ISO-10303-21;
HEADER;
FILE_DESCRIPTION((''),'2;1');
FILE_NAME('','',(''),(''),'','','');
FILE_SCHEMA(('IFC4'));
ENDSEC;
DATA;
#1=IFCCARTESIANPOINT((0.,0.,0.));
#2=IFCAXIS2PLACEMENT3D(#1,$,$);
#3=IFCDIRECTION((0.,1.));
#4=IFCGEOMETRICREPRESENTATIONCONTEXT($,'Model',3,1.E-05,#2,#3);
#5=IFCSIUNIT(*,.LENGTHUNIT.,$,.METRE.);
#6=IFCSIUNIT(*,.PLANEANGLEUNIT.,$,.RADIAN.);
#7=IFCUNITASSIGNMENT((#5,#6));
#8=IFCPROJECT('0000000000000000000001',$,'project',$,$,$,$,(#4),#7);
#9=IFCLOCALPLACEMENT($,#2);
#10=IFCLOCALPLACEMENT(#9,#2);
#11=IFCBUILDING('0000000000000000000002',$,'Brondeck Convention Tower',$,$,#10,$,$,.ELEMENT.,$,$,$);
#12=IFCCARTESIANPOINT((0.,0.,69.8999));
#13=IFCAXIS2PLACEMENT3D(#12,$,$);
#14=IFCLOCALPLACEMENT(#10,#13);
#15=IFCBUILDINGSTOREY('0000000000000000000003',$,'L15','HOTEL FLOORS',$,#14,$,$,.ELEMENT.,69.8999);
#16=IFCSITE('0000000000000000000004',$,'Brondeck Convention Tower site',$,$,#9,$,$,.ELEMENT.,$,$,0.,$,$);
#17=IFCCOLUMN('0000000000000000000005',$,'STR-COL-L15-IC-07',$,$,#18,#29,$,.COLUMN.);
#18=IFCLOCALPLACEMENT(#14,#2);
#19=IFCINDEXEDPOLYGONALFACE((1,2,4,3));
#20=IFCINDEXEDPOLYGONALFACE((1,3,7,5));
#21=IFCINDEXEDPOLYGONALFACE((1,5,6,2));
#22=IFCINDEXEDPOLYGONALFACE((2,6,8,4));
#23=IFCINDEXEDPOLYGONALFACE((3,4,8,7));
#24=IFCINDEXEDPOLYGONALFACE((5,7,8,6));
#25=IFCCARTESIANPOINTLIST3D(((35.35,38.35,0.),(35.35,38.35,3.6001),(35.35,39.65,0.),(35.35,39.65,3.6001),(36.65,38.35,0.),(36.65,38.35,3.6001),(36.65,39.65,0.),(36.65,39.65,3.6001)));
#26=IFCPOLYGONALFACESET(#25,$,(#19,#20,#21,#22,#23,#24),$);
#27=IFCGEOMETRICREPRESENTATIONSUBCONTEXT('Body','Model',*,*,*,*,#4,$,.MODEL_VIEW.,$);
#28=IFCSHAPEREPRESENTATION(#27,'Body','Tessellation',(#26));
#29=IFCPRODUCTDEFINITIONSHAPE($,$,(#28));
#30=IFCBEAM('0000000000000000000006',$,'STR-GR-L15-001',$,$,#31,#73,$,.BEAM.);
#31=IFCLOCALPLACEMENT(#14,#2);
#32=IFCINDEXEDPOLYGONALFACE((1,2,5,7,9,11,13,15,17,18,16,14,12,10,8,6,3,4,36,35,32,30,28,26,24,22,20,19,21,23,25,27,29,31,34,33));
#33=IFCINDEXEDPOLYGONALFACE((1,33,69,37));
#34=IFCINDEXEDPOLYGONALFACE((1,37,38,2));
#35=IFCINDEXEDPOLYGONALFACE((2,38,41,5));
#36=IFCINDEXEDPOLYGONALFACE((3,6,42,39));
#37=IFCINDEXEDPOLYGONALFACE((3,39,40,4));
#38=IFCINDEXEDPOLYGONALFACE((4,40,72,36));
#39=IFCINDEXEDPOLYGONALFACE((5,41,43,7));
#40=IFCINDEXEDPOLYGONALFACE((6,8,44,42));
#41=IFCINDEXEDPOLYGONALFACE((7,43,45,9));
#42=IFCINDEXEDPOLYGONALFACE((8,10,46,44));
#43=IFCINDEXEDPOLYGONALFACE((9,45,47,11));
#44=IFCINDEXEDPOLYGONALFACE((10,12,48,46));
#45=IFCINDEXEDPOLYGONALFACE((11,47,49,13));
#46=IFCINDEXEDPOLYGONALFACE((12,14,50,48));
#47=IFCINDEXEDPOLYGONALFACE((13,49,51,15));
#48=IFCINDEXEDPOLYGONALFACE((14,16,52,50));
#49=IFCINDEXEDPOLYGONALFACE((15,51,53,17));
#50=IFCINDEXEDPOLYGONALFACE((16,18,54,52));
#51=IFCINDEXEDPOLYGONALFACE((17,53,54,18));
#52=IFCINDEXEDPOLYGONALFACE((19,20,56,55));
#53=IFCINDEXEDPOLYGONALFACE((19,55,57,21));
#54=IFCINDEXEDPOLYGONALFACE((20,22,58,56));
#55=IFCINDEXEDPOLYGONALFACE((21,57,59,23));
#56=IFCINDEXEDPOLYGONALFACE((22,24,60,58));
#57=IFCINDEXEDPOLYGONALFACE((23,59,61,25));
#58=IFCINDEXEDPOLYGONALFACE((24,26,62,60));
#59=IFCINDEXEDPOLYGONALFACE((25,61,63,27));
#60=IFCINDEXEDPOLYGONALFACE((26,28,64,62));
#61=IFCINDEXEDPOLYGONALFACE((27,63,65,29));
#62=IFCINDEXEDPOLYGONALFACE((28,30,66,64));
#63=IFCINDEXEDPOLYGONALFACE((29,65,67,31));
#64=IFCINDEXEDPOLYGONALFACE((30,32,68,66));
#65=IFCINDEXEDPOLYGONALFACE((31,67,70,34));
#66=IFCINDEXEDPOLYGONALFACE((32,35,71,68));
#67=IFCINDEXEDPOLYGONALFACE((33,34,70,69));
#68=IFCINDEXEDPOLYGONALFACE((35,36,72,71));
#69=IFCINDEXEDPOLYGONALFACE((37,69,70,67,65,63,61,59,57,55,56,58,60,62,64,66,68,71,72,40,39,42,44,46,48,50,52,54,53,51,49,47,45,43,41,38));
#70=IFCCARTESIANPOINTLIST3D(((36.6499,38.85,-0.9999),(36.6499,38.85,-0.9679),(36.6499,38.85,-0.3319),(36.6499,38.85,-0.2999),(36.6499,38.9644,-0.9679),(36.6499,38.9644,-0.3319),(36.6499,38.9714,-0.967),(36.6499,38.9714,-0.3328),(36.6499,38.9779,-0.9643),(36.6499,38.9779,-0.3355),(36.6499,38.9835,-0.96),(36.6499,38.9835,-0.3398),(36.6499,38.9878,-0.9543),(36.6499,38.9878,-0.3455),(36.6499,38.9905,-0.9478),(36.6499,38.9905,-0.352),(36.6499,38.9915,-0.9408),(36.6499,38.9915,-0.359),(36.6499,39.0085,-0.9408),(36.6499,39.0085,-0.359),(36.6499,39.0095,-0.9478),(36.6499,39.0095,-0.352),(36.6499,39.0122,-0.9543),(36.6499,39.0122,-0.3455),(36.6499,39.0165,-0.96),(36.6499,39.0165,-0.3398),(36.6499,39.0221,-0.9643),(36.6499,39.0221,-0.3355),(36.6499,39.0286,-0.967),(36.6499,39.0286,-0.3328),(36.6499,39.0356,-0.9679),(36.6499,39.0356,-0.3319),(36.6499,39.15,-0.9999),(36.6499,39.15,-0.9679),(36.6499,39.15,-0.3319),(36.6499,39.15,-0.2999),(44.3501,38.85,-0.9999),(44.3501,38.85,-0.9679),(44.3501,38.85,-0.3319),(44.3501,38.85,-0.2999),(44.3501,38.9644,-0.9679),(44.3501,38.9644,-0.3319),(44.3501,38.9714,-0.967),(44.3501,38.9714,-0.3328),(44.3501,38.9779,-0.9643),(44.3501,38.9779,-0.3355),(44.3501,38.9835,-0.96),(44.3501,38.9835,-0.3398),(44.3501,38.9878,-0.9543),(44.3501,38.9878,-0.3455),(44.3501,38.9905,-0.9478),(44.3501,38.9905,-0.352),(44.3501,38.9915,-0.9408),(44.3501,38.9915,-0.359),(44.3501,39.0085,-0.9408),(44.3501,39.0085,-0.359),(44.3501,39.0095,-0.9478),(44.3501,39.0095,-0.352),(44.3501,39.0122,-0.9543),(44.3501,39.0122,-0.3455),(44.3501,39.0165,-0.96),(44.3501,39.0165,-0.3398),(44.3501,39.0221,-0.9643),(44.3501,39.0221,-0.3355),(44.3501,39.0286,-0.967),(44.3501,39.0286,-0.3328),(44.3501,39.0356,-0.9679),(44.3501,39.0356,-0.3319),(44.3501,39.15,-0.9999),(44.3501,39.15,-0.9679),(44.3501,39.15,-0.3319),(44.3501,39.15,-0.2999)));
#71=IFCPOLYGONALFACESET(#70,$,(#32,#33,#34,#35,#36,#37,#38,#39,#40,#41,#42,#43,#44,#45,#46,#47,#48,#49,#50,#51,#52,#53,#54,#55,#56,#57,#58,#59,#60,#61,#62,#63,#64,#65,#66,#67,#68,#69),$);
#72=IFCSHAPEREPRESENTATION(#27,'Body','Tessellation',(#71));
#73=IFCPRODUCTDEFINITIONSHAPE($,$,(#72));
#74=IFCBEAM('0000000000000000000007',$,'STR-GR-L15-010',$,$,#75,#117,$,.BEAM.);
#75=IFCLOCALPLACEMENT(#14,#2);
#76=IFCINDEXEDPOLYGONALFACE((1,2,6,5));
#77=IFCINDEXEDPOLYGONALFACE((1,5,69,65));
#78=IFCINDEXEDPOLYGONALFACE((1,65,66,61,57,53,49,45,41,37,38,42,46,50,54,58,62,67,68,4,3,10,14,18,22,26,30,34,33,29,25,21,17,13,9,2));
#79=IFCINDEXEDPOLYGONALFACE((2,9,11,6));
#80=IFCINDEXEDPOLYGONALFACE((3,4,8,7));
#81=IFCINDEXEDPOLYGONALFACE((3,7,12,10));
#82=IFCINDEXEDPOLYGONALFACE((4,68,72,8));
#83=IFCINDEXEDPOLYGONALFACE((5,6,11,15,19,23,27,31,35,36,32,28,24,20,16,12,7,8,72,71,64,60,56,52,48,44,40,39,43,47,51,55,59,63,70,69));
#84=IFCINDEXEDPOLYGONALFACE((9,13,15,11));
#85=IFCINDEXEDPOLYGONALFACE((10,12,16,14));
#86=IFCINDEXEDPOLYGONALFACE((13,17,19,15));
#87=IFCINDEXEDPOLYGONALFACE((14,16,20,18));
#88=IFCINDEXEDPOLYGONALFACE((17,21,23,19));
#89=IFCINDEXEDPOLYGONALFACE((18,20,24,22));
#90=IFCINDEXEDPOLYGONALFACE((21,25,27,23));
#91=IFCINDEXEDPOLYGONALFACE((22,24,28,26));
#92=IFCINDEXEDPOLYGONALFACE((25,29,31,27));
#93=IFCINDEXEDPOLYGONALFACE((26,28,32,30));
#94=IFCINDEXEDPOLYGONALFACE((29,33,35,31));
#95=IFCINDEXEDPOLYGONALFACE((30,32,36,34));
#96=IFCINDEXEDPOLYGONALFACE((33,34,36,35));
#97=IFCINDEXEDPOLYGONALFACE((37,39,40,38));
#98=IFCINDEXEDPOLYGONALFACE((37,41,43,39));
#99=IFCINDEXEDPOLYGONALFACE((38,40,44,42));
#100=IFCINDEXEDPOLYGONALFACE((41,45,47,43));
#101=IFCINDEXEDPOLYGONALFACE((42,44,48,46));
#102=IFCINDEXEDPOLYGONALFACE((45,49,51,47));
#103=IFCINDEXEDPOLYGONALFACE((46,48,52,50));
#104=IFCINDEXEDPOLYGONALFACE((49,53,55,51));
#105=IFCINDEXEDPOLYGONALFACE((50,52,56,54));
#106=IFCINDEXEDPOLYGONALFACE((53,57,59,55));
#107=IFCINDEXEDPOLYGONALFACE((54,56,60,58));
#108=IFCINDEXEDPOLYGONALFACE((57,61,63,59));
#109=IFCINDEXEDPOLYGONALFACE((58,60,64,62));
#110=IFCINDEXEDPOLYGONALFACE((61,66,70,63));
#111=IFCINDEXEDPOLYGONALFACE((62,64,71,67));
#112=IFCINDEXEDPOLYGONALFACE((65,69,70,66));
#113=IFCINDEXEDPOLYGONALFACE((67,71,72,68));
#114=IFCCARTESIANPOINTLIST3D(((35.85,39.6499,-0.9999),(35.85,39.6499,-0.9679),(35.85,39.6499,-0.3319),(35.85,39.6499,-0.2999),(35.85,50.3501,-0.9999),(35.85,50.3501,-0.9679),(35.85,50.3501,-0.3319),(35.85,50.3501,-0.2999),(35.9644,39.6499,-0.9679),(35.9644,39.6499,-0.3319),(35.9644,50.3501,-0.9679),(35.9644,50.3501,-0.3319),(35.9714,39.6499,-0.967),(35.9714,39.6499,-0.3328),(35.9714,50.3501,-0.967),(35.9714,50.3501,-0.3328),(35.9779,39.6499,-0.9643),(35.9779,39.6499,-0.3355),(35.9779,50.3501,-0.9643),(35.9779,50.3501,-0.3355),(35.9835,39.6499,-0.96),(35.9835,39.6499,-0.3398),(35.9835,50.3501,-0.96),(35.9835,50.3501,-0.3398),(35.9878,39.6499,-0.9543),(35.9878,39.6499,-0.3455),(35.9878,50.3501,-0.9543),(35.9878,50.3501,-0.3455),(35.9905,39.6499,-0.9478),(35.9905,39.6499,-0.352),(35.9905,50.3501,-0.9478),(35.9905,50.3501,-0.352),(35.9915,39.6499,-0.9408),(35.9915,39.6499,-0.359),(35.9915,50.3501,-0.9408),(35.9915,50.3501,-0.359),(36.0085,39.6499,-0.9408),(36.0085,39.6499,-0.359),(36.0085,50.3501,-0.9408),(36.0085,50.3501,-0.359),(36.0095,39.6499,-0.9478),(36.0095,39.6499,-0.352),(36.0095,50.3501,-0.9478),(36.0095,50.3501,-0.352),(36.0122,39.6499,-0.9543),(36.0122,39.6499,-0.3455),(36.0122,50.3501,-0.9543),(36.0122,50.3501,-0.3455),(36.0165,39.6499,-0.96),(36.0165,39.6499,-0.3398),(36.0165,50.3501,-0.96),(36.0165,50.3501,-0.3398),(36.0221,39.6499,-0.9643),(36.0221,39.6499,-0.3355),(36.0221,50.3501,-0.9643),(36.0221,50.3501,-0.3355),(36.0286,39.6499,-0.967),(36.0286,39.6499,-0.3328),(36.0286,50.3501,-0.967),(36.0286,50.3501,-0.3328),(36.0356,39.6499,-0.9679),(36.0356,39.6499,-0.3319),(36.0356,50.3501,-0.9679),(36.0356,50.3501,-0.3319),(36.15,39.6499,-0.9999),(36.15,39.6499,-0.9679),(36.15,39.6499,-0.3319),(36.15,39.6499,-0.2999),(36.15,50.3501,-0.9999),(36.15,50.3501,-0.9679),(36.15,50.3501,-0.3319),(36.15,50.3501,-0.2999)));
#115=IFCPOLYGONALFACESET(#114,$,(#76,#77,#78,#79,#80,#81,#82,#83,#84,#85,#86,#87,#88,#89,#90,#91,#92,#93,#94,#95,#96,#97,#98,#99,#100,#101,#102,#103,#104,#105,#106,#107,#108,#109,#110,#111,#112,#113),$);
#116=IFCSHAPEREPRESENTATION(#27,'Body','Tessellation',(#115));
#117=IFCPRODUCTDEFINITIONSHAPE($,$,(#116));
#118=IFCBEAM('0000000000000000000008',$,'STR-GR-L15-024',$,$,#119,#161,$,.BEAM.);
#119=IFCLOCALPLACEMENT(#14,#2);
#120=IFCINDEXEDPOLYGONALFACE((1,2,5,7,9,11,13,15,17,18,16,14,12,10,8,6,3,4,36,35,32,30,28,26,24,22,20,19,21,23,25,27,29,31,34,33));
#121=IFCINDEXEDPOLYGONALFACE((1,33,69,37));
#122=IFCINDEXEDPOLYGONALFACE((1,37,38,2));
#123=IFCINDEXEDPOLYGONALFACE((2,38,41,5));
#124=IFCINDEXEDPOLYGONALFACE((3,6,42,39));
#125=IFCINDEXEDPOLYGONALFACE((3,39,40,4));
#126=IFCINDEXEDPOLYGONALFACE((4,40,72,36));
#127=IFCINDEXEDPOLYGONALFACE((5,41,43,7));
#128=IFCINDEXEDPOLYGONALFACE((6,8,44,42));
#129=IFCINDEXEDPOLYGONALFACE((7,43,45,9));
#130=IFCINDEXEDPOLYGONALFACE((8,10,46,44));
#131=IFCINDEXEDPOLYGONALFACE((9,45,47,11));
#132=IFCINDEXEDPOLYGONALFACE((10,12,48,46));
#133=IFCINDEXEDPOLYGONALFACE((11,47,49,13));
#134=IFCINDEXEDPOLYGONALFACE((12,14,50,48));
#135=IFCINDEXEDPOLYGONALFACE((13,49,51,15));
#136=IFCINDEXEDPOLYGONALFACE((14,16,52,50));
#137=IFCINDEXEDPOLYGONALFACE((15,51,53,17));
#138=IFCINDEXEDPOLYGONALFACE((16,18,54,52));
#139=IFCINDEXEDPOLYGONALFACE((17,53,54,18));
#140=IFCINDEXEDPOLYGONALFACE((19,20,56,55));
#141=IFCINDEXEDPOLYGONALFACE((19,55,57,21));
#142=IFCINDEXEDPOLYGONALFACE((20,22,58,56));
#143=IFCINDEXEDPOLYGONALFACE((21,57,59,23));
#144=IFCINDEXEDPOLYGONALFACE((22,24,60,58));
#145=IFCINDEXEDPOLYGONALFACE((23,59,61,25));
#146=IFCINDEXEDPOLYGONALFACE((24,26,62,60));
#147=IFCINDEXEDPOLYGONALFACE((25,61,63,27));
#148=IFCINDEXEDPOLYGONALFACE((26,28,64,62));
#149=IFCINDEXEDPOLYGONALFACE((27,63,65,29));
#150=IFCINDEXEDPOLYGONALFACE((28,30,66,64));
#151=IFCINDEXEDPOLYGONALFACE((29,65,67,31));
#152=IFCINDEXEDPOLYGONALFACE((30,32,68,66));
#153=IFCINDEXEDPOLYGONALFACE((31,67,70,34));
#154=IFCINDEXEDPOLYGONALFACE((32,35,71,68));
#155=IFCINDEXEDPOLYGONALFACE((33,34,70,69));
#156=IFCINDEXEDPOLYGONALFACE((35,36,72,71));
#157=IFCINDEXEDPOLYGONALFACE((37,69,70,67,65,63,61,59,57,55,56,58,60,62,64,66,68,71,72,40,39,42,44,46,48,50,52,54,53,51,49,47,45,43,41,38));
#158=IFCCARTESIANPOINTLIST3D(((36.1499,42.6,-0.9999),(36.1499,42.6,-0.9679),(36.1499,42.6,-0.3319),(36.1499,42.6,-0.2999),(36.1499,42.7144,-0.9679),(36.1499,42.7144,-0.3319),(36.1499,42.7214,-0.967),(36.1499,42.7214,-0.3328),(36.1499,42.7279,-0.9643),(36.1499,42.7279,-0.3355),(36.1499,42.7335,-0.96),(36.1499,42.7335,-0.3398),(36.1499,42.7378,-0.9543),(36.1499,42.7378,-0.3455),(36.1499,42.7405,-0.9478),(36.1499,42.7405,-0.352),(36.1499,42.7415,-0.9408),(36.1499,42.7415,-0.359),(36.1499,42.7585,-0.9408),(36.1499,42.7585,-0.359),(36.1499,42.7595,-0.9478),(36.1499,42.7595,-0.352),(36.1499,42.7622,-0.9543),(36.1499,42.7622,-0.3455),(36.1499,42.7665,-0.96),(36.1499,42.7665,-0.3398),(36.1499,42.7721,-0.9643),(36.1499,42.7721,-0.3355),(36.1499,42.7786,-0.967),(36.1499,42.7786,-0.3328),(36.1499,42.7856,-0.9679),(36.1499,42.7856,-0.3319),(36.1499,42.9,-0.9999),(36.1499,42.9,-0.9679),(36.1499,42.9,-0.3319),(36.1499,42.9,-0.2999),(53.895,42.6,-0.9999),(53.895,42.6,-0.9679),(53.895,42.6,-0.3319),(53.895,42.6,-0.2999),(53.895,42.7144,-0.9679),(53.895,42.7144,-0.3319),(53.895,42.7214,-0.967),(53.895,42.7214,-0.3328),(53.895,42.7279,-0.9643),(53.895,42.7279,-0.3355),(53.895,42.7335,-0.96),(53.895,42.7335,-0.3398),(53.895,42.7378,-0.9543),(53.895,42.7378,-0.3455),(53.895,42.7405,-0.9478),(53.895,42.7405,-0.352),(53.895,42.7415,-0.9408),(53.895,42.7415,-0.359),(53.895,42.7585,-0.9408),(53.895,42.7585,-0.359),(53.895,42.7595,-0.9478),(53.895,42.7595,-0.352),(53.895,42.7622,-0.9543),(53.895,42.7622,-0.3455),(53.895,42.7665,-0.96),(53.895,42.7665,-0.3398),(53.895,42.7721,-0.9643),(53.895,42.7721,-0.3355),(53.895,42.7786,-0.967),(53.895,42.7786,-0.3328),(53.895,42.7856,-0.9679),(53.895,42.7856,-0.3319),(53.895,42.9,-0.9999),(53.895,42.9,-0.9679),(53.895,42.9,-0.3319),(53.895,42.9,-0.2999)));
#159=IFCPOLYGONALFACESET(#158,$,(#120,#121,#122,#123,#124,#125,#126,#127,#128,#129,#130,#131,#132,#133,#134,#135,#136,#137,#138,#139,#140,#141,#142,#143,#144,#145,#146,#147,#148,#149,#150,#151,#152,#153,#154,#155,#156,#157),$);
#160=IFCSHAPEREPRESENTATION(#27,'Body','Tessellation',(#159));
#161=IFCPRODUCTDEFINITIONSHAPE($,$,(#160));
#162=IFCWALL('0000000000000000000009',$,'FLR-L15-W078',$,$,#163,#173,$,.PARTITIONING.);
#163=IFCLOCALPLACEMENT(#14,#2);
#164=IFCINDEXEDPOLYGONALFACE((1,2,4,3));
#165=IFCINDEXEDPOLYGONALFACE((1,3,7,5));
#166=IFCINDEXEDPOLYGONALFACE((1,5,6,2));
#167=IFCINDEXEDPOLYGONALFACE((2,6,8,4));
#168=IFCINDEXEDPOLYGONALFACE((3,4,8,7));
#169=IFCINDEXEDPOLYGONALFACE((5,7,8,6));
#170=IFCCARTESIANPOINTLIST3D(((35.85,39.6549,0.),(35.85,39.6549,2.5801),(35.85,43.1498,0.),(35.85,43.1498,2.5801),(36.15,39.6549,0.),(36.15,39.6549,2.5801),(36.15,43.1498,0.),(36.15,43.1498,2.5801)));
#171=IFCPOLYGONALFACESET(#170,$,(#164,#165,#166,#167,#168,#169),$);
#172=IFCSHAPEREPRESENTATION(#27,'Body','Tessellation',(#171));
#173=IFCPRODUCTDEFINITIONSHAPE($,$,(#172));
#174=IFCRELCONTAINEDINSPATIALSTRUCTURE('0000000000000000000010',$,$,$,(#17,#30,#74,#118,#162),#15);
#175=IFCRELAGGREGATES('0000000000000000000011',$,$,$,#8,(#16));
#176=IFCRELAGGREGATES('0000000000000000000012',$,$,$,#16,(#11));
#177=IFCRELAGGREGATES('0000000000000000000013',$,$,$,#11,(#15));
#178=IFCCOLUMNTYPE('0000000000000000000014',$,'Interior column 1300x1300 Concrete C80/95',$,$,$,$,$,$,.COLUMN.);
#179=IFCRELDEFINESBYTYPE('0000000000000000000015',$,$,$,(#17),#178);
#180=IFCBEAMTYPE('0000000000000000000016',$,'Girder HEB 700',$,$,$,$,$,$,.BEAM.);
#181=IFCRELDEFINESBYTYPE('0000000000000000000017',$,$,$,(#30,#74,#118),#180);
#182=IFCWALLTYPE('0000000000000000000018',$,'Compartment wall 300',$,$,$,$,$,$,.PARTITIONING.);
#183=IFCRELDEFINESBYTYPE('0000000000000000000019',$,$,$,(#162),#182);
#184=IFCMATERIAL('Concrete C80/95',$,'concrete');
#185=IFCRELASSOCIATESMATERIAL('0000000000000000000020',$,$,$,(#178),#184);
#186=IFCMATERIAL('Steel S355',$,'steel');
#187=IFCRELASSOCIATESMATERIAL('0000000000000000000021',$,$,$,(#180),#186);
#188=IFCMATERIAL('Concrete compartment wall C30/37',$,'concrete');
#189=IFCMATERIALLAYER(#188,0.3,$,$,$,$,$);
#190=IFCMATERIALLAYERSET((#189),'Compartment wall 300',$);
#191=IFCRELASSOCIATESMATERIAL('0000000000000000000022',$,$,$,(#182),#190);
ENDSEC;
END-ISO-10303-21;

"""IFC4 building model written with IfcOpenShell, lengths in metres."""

from ifc_helpers import new_model, si_unit, direction, frame, frame_2d, origin, origin_2d, place, context, subcontext, project, spatial, rectangle, i_section, extrude, material, layer, layer_set, material_profile, profile_set, type_object, element, save


model = new_model("IFC4")

# Units and contexts
model_context = context("Model", 3, precision=1e-05, world=origin(), true_north=direction((0.0, 1.0)))
body_context = subcontext(model_context, "Body", "Model", "MODEL_VIEW")
ifc_project = project(units=[si_unit("LENGTHUNIT", "METRE"), si_unit("PLANEANGLEUNIT", "RADIAN")], contexts=[model_context])

# Site, building, storey
site_placement = place(None, origin())
site = spatial("IfcSite", under=ifc_project, at=site_placement, Name="Brondeck Convention Tower site", CompositionType="ELEMENT", RefElevation=0.0)
building_placement = place(site_placement, origin())
building = spatial("IfcBuilding", under=site, at=building_placement, Name="Brondeck Convention Tower", CompositionType="ELEMENT")
storey_placement = place(building_placement, frame((0.0, 0.0, 69.8999)))
storey = spatial("IfcBuildingStorey", under=building, at=storey_placement, Name="L15", Description="HOTEL FLOORS", CompositionType="ELEMENT", Elevation=69.8999)

# Column
ifc_material_1 = material(Name="Concrete C80/95", Category="concrete")
ifc_material_profile_1 = material_profile(ifc_material_1, rectangle(XDim=1.3, YDim=1.3, at=origin_2d()), Name="Interior column 1300x1300 Concrete C80/95")
ifc_profile_set_1 = profile_set([ifc_material_profile_1], Name="Concrete C80/95")
column_type = type_object("IfcColumnType", Name="Interior column 1300x1300 Concrete C80/95", PredefinedType="COLUMN", material=ifc_profile_set_1)
column_placement = place(storey_placement, frame((36.0, 39.0, 0.0), z_axis=(0.0, 0.0, 1.0), x_axis=(1.0, 0.0, 0.0)))
element("IfcColumn", 1, at=column_placement, inside=storey, type_object=column_type, Name="STR-COL-L15-IC-07", PredefinedType="COLUMN", context=body_context, shape_type="SweptSolid", body=[
    extrude(rectangle(XDim=1.3, YDim=1.3, at=origin_2d()), origin(), (0.0, 0.0, 1.0), 3.6001),
])

# Beams
ifc_material_2 = material(Name="Steel S355", Category="steel")
ifc_material_profile_2 = material_profile(ifc_material_2, i_section(OverallWidth=0.3, OverallDepth=0.7, WebThickness=0.0171, FlangeThickness=0.032, FilletRadius=0.0271, at=origin_2d()), Name="HEB 700")
ifc_profile_set_2 = profile_set([ifc_material_profile_2], Name="Steel S355")
beam_type = type_object("IfcBeamType", Name="Girder HEB 700", PredefinedType="BEAM", material=ifc_profile_set_2)
beam_1_placement = place(storey_placement, frame((36.6499, 39.0, -0.6499), z_axis=(1.0, 0.0, 0.0), x_axis=(0.0, 1.0, 0.0)))
element("IfcBeam", 2, at=beam_1_placement, inside=storey, type_object=beam_type, Name="STR-GR-L15-001", PredefinedType="BEAM", context=body_context, shape_type="SweptSolid", body=[
    extrude(i_section(OverallWidth=0.3, OverallDepth=0.7, WebThickness=0.0171, FlangeThickness=0.032, FilletRadius=0.0271, at=origin_2d()), origin(), (0.0, 0.0, 1.0), 7.7002),
])
beam_2_placement = place(storey_placement, frame((36.0, 39.6499, -0.6499), z_axis=(0.0, 1.0, 0.0), x_axis=(-1.0, 0.0, 0.0)))
element("IfcBeam", 3, at=beam_2_placement, inside=storey, type_object=beam_type, Name="STR-GR-L15-010", PredefinedType="BEAM", context=body_context, shape_type="SweptSolid", body=[
    extrude(i_section(OverallWidth=0.3, OverallDepth=0.7, WebThickness=0.0171, FlangeThickness=0.032, FilletRadius=0.0271, at=origin_2d()), origin(), (0.0, 0.0, 1.0), 10.7002),
])
beam_3_placement = place(storey_placement, frame((36.1499, 42.75, -0.6499), z_axis=(1.0, 0.0, 0.0), x_axis=(0.0, 1.0, 0.0)))
element("IfcBeam", 4, at=beam_3_placement, inside=storey, type_object=beam_type, Name="STR-GR-L15-024", PredefinedType="BEAM", context=body_context, shape_type="SweptSolid", body=[
    extrude(i_section(OverallWidth=0.3, OverallDepth=0.7, WebThickness=0.0171, FlangeThickness=0.032, FilletRadius=0.0271, at=origin_2d()), origin(), (0.0, 0.0, 1.0), 17.7451),
])

# Wall
ifc_material_3 = material(Name="Concrete compartment wall C30/37", Category="concrete")
ifc_layer_1 = layer(ifc_material_3, 0.3)
ifc_layer_set_1 = layer_set([ifc_layer_1], Name="Compartment wall 300")
wall_type_1 = type_object("IfcWallType", Name="Compartment wall 300", PredefinedType="PARTITIONING", material=ifc_layer_set_1)
wall_1_placement = place(storey_placement, frame((36.0, 43.1499, 0.0), z_axis=(0.0, 0.0, 1.0), x_axis=(0.0, -1.0, 0.0)))
element("IfcWall", 5, at=wall_1_placement, inside=storey, type_object=wall_type_1, Name="FLR-L15-W078", PredefinedType="PARTITIONING", context=body_context, shape_type="SweptSolid", body=[
    extrude(rectangle(XDim=3.4949, YDim=0.3, at=frame_2d((1.7476, 0.0))), origin(), (0.0, 0.0, 1.0), 2.5801),
])

save(model, "model.ifc")
